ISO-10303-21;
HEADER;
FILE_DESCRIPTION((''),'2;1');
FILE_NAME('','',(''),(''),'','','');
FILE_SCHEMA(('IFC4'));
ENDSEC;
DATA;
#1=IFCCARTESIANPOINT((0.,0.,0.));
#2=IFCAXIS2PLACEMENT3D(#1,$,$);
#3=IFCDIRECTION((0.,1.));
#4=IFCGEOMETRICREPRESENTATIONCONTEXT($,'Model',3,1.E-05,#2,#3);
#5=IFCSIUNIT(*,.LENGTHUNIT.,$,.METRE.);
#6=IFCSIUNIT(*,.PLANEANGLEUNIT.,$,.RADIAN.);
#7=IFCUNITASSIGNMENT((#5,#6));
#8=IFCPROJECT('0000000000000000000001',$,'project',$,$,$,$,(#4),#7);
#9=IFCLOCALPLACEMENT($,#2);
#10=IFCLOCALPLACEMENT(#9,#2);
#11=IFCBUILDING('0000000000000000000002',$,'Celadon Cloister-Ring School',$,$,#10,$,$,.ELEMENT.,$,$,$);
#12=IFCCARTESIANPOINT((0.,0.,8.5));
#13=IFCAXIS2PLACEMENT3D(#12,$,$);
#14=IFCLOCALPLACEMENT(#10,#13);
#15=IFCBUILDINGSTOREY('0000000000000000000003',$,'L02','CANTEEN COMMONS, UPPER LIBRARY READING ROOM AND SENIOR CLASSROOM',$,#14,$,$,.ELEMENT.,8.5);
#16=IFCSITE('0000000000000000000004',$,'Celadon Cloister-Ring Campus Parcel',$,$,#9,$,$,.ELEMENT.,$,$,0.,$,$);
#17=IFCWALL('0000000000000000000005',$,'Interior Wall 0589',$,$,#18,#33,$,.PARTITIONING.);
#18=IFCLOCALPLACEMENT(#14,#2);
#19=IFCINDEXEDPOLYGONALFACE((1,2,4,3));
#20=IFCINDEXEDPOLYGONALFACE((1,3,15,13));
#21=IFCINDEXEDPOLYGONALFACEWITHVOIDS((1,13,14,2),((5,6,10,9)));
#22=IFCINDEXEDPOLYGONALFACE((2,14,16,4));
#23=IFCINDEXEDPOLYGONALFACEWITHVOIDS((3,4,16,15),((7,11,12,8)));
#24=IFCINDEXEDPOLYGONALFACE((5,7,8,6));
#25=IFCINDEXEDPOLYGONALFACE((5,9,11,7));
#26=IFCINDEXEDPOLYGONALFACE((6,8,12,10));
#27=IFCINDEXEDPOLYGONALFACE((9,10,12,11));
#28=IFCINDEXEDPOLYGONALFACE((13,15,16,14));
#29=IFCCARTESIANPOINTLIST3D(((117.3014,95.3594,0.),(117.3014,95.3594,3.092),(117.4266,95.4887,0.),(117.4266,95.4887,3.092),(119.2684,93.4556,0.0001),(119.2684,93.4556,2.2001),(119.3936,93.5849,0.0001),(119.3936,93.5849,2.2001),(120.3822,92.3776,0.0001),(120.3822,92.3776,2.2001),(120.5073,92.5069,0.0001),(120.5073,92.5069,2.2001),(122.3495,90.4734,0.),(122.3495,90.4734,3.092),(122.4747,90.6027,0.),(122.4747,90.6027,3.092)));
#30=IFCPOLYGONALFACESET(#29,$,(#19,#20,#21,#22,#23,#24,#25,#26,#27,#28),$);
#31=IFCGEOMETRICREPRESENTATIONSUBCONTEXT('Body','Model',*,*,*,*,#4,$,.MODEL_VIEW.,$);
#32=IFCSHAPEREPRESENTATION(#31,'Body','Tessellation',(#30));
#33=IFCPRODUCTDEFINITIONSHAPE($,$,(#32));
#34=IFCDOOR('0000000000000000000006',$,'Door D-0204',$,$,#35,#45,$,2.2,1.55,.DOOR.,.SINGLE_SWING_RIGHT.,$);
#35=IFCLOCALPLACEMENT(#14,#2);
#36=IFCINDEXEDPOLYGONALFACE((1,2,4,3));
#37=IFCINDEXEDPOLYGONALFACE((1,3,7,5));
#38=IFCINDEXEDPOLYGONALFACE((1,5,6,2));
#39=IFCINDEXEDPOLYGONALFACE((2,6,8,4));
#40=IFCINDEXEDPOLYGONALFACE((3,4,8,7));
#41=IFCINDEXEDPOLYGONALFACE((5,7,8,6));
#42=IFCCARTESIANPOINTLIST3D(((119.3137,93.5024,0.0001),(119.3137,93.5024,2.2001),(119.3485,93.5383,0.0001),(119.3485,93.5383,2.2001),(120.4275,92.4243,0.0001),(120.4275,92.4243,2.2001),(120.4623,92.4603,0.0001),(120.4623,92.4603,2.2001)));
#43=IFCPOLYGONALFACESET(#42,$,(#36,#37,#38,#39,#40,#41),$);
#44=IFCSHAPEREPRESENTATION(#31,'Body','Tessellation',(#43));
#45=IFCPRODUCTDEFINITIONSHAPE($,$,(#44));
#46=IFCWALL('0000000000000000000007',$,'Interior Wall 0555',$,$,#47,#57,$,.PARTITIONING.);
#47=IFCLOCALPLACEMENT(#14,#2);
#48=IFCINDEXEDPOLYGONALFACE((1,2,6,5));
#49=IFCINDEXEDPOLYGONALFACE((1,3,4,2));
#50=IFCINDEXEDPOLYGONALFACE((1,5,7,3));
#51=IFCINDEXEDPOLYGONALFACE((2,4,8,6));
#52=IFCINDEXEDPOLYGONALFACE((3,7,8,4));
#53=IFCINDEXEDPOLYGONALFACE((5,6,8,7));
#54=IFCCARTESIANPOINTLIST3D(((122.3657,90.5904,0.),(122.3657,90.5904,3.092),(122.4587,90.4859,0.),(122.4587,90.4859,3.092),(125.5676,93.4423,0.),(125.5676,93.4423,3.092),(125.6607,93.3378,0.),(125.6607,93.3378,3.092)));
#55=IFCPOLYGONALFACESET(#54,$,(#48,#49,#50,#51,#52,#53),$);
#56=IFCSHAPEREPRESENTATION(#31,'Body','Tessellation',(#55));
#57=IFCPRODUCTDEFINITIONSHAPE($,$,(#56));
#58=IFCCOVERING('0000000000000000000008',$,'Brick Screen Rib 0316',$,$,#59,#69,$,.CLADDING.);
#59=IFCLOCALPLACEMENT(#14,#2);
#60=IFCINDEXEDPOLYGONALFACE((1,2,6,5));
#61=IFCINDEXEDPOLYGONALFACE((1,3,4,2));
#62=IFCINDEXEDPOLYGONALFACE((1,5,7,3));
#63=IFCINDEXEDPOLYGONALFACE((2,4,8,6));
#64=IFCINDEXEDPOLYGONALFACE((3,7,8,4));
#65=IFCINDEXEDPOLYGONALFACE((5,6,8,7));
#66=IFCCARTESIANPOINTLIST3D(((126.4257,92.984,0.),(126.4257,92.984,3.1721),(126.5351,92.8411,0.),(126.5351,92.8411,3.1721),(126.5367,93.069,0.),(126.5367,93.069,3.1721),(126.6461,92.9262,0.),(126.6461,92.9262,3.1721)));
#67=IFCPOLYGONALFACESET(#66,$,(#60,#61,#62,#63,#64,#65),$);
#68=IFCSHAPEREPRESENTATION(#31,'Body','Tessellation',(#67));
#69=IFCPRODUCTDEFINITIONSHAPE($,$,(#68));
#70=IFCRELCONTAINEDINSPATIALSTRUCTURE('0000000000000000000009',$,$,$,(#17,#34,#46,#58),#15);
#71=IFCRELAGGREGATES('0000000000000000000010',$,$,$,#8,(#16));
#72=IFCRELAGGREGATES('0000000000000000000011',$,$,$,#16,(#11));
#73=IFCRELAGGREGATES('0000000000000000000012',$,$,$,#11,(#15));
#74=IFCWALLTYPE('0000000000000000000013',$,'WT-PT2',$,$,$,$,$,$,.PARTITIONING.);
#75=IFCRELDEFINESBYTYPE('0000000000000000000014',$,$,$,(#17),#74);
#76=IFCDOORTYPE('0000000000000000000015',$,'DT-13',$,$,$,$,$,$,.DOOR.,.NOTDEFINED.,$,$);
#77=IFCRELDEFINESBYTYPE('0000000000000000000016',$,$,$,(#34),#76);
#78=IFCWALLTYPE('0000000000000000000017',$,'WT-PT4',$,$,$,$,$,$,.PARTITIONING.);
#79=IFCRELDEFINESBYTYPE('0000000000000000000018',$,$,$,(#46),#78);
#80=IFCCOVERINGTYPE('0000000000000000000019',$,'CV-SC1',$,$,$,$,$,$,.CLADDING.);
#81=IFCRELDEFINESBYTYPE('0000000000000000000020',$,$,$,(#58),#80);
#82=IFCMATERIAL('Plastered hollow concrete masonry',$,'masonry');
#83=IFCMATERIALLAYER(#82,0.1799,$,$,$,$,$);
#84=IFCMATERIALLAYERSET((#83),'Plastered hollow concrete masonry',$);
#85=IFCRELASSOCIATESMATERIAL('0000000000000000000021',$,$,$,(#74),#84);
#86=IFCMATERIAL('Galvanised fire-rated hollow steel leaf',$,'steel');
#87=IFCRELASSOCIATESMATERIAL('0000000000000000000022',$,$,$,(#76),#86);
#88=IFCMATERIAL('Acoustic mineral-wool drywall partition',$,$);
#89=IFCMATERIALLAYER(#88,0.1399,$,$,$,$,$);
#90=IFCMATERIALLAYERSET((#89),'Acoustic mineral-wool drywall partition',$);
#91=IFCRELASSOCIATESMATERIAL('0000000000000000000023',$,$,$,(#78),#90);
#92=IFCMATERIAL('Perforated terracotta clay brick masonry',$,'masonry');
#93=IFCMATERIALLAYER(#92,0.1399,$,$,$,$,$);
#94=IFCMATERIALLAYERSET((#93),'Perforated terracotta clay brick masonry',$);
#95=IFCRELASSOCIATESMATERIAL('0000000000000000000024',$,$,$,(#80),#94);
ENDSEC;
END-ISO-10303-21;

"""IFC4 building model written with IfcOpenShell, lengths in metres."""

from ifc_helpers import new_model, si_unit, direction, frame, frame_2d, origin, origin_2d, place, context, subcontext, project, spatial, rectangle, extrude, material, layer, layer_set, type_object, element, fill, save


model = new_model("IFC4")

# Units and contexts
model_context = context("Model", 3, precision=1e-05, world=origin(), true_north=direction((0.0, 1.0)))
body_context = subcontext(model_context, "Body", "Model", "MODEL_VIEW")
ifc_project = project(units=[si_unit("LENGTHUNIT", "METRE"), si_unit("PLANEANGLEUNIT", "RADIAN")], contexts=[model_context])

# Site, building, storey
site_placement = place(None, origin())
site = spatial("IfcSite", under=ifc_project, at=site_placement, Name="Celadon Cloister-Ring Campus Parcel", CompositionType="ELEMENT", RefElevation=0.0)
building_placement = place(site_placement, origin())
building = spatial("IfcBuilding", under=site, at=building_placement, Name="Celadon Cloister-Ring School", CompositionType="ELEMENT")
storey_placement = place(building_placement, frame((0.0, 0.0, 8.5)))
storey = spatial("IfcBuildingStorey", under=building, at=storey_placement, Name="L02", Description="CANTEEN COMMONS, UPPER LIBRARY READING ROOM AND SENIOR CLASSROOM", CompositionType="ELEMENT", Elevation=8.5)

# Wall, opening, door
ifc_material_1 = material(Name="Plastered hollow concrete masonry", Category="masonry")
ifc_layer_1 = layer(ifc_material_1, 0.1799)
ifc_layer_set_1 = layer_set([ifc_layer_1], Name="Plastered hollow concrete masonry")
wall_type_1 = type_object("IfcWallType", Name="WT-PT2", PredefinedType="PARTITIONING", material=ifc_layer_set_1)
wall_1_placement = place(storey_placement, frame((122.4121, 90.5381, 0.0), z_axis=(0.0, 0.0, 1.0), x_axis=(-0.71855, 0.695475, 0.0)))
wall_1 = element("IfcWall", 1, at=wall_1_placement, inside=storey, type_object=wall_type_1, Name="Interior Wall 0589", PredefinedType="PARTITIONING", context=body_context, shape_type="SweptSolid", body=[
    extrude(rectangle(XDim=7.0254, YDim=0.1799, at=frame_2d((3.5127, 0.0))), origin(), (0.0, 0.0, 1.0), 3.092),
])
opening_1_placement = place(wall_1_placement, frame((2.738, 0.0, 0.0)))
opening_1 = element("IfcOpeningElement", 2, at=opening_1_placement, cuts=wall_1, PredefinedType="OPENING", context=body_context, shape_type="SweptSolid", body=[
    extrude(rectangle(XDim=1.55, YDim=2.2, at=frame_2d((0.7749, 1.1001))), frame((0.0, 0.1001, 0.0), z_axis=(0.0, -1.0, 0.0), x_axis=(1.0, 0.0, 0.0)), (0.0, 0.0, 1.0), 0.2),
])
ifc_material_2 = material(Name="Galvanised fire-rated hollow steel leaf", Category="steel")
door_type = type_object("IfcDoorType", Name="DT-13", OperationType="NOTDEFINED", PredefinedType="DOOR", material=ifc_material_2)
door_placement = place(opening_1_placement, origin())
door = element("IfcDoor", 3, at=door_placement, inside=storey, type_object=door_type, Name="Door D-0204", OperationType="SINGLE_SWING_RIGHT", OverallHeight=2.2, OverallWidth=1.55, PredefinedType="DOOR", context=body_context, shape_type="SweptSolid", body=[
    extrude(rectangle(XDim=1.55, YDim=2.2, at=frame_2d((0.7749, 1.1001))), frame((0.0, 0.0249, 0.0), z_axis=(0.0, -1.0, 0.0), x_axis=(1.0, 0.0, 0.0)), (0.0, 0.0, 1.0), 0.05),
])
fill(opening_1, door)

# Wall
ifc_material_3 = material(Name="Acoustic mineral-wool drywall partition")
ifc_layer_2 = layer(ifc_material_3, 0.1399)
ifc_layer_set_2 = layer_set([ifc_layer_2], Name="Acoustic mineral-wool drywall partition")
wall_type_2 = type_object("IfcWallType", Name="WT-PT4", PredefinedType="PARTITIONING", material=ifc_layer_set_2)
wall_2_placement = place(storey_placement, frame((122.4121, 90.5381, 0.0), z_axis=(0.0, 0.0, 1.0), x_axis=(0.746752, 0.665102, 0.0)))
element("IfcWall", 4, at=wall_2_placement, inside=storey, type_object=wall_type_2, Name="Interior Wall 0555", PredefinedType="PARTITIONING", context=body_context, shape_type="SweptSolid", body=[
    extrude(rectangle(XDim=4.2878, YDim=0.1399, at=frame_2d((2.144, 0.0))), origin(), (0.0, 0.0, 1.0), 3.092),
])

# Covering
ifc_material_4 = material(Name="Perforated terracotta clay brick masonry", Category="masonry")
ifc_layer_3 = layer(ifc_material_4, 0.1399)
ifc_layer_set_3 = layer_set([ifc_layer_3], Name="Perforated terracotta clay brick masonry")
covering_type = type_object("IfcCoveringType", Name="CV-SC1", PredefinedType="CLADDING", material=ifc_layer_set_3)
covering_placement = place(storey_placement, frame((126.5359, 92.9551, 0.0), z_axis=(0.0, 0.0, 1.0), x_axis=(0.607986, -0.793948, 0.0)))
element("IfcCovering", 5, at=covering_placement, inside=storey, type_object=covering_type, Name="Brick Screen Rib 0316", PredefinedType="CLADDING", context=body_context, shape_type="SweptSolid", body=[
    extrude(rectangle(XDim=0.1799, YDim=0.1399, at=origin_2d()), origin(), (0.0, 0.0, 1.0), 3.1721),
])

save(model, "model.ifc")
